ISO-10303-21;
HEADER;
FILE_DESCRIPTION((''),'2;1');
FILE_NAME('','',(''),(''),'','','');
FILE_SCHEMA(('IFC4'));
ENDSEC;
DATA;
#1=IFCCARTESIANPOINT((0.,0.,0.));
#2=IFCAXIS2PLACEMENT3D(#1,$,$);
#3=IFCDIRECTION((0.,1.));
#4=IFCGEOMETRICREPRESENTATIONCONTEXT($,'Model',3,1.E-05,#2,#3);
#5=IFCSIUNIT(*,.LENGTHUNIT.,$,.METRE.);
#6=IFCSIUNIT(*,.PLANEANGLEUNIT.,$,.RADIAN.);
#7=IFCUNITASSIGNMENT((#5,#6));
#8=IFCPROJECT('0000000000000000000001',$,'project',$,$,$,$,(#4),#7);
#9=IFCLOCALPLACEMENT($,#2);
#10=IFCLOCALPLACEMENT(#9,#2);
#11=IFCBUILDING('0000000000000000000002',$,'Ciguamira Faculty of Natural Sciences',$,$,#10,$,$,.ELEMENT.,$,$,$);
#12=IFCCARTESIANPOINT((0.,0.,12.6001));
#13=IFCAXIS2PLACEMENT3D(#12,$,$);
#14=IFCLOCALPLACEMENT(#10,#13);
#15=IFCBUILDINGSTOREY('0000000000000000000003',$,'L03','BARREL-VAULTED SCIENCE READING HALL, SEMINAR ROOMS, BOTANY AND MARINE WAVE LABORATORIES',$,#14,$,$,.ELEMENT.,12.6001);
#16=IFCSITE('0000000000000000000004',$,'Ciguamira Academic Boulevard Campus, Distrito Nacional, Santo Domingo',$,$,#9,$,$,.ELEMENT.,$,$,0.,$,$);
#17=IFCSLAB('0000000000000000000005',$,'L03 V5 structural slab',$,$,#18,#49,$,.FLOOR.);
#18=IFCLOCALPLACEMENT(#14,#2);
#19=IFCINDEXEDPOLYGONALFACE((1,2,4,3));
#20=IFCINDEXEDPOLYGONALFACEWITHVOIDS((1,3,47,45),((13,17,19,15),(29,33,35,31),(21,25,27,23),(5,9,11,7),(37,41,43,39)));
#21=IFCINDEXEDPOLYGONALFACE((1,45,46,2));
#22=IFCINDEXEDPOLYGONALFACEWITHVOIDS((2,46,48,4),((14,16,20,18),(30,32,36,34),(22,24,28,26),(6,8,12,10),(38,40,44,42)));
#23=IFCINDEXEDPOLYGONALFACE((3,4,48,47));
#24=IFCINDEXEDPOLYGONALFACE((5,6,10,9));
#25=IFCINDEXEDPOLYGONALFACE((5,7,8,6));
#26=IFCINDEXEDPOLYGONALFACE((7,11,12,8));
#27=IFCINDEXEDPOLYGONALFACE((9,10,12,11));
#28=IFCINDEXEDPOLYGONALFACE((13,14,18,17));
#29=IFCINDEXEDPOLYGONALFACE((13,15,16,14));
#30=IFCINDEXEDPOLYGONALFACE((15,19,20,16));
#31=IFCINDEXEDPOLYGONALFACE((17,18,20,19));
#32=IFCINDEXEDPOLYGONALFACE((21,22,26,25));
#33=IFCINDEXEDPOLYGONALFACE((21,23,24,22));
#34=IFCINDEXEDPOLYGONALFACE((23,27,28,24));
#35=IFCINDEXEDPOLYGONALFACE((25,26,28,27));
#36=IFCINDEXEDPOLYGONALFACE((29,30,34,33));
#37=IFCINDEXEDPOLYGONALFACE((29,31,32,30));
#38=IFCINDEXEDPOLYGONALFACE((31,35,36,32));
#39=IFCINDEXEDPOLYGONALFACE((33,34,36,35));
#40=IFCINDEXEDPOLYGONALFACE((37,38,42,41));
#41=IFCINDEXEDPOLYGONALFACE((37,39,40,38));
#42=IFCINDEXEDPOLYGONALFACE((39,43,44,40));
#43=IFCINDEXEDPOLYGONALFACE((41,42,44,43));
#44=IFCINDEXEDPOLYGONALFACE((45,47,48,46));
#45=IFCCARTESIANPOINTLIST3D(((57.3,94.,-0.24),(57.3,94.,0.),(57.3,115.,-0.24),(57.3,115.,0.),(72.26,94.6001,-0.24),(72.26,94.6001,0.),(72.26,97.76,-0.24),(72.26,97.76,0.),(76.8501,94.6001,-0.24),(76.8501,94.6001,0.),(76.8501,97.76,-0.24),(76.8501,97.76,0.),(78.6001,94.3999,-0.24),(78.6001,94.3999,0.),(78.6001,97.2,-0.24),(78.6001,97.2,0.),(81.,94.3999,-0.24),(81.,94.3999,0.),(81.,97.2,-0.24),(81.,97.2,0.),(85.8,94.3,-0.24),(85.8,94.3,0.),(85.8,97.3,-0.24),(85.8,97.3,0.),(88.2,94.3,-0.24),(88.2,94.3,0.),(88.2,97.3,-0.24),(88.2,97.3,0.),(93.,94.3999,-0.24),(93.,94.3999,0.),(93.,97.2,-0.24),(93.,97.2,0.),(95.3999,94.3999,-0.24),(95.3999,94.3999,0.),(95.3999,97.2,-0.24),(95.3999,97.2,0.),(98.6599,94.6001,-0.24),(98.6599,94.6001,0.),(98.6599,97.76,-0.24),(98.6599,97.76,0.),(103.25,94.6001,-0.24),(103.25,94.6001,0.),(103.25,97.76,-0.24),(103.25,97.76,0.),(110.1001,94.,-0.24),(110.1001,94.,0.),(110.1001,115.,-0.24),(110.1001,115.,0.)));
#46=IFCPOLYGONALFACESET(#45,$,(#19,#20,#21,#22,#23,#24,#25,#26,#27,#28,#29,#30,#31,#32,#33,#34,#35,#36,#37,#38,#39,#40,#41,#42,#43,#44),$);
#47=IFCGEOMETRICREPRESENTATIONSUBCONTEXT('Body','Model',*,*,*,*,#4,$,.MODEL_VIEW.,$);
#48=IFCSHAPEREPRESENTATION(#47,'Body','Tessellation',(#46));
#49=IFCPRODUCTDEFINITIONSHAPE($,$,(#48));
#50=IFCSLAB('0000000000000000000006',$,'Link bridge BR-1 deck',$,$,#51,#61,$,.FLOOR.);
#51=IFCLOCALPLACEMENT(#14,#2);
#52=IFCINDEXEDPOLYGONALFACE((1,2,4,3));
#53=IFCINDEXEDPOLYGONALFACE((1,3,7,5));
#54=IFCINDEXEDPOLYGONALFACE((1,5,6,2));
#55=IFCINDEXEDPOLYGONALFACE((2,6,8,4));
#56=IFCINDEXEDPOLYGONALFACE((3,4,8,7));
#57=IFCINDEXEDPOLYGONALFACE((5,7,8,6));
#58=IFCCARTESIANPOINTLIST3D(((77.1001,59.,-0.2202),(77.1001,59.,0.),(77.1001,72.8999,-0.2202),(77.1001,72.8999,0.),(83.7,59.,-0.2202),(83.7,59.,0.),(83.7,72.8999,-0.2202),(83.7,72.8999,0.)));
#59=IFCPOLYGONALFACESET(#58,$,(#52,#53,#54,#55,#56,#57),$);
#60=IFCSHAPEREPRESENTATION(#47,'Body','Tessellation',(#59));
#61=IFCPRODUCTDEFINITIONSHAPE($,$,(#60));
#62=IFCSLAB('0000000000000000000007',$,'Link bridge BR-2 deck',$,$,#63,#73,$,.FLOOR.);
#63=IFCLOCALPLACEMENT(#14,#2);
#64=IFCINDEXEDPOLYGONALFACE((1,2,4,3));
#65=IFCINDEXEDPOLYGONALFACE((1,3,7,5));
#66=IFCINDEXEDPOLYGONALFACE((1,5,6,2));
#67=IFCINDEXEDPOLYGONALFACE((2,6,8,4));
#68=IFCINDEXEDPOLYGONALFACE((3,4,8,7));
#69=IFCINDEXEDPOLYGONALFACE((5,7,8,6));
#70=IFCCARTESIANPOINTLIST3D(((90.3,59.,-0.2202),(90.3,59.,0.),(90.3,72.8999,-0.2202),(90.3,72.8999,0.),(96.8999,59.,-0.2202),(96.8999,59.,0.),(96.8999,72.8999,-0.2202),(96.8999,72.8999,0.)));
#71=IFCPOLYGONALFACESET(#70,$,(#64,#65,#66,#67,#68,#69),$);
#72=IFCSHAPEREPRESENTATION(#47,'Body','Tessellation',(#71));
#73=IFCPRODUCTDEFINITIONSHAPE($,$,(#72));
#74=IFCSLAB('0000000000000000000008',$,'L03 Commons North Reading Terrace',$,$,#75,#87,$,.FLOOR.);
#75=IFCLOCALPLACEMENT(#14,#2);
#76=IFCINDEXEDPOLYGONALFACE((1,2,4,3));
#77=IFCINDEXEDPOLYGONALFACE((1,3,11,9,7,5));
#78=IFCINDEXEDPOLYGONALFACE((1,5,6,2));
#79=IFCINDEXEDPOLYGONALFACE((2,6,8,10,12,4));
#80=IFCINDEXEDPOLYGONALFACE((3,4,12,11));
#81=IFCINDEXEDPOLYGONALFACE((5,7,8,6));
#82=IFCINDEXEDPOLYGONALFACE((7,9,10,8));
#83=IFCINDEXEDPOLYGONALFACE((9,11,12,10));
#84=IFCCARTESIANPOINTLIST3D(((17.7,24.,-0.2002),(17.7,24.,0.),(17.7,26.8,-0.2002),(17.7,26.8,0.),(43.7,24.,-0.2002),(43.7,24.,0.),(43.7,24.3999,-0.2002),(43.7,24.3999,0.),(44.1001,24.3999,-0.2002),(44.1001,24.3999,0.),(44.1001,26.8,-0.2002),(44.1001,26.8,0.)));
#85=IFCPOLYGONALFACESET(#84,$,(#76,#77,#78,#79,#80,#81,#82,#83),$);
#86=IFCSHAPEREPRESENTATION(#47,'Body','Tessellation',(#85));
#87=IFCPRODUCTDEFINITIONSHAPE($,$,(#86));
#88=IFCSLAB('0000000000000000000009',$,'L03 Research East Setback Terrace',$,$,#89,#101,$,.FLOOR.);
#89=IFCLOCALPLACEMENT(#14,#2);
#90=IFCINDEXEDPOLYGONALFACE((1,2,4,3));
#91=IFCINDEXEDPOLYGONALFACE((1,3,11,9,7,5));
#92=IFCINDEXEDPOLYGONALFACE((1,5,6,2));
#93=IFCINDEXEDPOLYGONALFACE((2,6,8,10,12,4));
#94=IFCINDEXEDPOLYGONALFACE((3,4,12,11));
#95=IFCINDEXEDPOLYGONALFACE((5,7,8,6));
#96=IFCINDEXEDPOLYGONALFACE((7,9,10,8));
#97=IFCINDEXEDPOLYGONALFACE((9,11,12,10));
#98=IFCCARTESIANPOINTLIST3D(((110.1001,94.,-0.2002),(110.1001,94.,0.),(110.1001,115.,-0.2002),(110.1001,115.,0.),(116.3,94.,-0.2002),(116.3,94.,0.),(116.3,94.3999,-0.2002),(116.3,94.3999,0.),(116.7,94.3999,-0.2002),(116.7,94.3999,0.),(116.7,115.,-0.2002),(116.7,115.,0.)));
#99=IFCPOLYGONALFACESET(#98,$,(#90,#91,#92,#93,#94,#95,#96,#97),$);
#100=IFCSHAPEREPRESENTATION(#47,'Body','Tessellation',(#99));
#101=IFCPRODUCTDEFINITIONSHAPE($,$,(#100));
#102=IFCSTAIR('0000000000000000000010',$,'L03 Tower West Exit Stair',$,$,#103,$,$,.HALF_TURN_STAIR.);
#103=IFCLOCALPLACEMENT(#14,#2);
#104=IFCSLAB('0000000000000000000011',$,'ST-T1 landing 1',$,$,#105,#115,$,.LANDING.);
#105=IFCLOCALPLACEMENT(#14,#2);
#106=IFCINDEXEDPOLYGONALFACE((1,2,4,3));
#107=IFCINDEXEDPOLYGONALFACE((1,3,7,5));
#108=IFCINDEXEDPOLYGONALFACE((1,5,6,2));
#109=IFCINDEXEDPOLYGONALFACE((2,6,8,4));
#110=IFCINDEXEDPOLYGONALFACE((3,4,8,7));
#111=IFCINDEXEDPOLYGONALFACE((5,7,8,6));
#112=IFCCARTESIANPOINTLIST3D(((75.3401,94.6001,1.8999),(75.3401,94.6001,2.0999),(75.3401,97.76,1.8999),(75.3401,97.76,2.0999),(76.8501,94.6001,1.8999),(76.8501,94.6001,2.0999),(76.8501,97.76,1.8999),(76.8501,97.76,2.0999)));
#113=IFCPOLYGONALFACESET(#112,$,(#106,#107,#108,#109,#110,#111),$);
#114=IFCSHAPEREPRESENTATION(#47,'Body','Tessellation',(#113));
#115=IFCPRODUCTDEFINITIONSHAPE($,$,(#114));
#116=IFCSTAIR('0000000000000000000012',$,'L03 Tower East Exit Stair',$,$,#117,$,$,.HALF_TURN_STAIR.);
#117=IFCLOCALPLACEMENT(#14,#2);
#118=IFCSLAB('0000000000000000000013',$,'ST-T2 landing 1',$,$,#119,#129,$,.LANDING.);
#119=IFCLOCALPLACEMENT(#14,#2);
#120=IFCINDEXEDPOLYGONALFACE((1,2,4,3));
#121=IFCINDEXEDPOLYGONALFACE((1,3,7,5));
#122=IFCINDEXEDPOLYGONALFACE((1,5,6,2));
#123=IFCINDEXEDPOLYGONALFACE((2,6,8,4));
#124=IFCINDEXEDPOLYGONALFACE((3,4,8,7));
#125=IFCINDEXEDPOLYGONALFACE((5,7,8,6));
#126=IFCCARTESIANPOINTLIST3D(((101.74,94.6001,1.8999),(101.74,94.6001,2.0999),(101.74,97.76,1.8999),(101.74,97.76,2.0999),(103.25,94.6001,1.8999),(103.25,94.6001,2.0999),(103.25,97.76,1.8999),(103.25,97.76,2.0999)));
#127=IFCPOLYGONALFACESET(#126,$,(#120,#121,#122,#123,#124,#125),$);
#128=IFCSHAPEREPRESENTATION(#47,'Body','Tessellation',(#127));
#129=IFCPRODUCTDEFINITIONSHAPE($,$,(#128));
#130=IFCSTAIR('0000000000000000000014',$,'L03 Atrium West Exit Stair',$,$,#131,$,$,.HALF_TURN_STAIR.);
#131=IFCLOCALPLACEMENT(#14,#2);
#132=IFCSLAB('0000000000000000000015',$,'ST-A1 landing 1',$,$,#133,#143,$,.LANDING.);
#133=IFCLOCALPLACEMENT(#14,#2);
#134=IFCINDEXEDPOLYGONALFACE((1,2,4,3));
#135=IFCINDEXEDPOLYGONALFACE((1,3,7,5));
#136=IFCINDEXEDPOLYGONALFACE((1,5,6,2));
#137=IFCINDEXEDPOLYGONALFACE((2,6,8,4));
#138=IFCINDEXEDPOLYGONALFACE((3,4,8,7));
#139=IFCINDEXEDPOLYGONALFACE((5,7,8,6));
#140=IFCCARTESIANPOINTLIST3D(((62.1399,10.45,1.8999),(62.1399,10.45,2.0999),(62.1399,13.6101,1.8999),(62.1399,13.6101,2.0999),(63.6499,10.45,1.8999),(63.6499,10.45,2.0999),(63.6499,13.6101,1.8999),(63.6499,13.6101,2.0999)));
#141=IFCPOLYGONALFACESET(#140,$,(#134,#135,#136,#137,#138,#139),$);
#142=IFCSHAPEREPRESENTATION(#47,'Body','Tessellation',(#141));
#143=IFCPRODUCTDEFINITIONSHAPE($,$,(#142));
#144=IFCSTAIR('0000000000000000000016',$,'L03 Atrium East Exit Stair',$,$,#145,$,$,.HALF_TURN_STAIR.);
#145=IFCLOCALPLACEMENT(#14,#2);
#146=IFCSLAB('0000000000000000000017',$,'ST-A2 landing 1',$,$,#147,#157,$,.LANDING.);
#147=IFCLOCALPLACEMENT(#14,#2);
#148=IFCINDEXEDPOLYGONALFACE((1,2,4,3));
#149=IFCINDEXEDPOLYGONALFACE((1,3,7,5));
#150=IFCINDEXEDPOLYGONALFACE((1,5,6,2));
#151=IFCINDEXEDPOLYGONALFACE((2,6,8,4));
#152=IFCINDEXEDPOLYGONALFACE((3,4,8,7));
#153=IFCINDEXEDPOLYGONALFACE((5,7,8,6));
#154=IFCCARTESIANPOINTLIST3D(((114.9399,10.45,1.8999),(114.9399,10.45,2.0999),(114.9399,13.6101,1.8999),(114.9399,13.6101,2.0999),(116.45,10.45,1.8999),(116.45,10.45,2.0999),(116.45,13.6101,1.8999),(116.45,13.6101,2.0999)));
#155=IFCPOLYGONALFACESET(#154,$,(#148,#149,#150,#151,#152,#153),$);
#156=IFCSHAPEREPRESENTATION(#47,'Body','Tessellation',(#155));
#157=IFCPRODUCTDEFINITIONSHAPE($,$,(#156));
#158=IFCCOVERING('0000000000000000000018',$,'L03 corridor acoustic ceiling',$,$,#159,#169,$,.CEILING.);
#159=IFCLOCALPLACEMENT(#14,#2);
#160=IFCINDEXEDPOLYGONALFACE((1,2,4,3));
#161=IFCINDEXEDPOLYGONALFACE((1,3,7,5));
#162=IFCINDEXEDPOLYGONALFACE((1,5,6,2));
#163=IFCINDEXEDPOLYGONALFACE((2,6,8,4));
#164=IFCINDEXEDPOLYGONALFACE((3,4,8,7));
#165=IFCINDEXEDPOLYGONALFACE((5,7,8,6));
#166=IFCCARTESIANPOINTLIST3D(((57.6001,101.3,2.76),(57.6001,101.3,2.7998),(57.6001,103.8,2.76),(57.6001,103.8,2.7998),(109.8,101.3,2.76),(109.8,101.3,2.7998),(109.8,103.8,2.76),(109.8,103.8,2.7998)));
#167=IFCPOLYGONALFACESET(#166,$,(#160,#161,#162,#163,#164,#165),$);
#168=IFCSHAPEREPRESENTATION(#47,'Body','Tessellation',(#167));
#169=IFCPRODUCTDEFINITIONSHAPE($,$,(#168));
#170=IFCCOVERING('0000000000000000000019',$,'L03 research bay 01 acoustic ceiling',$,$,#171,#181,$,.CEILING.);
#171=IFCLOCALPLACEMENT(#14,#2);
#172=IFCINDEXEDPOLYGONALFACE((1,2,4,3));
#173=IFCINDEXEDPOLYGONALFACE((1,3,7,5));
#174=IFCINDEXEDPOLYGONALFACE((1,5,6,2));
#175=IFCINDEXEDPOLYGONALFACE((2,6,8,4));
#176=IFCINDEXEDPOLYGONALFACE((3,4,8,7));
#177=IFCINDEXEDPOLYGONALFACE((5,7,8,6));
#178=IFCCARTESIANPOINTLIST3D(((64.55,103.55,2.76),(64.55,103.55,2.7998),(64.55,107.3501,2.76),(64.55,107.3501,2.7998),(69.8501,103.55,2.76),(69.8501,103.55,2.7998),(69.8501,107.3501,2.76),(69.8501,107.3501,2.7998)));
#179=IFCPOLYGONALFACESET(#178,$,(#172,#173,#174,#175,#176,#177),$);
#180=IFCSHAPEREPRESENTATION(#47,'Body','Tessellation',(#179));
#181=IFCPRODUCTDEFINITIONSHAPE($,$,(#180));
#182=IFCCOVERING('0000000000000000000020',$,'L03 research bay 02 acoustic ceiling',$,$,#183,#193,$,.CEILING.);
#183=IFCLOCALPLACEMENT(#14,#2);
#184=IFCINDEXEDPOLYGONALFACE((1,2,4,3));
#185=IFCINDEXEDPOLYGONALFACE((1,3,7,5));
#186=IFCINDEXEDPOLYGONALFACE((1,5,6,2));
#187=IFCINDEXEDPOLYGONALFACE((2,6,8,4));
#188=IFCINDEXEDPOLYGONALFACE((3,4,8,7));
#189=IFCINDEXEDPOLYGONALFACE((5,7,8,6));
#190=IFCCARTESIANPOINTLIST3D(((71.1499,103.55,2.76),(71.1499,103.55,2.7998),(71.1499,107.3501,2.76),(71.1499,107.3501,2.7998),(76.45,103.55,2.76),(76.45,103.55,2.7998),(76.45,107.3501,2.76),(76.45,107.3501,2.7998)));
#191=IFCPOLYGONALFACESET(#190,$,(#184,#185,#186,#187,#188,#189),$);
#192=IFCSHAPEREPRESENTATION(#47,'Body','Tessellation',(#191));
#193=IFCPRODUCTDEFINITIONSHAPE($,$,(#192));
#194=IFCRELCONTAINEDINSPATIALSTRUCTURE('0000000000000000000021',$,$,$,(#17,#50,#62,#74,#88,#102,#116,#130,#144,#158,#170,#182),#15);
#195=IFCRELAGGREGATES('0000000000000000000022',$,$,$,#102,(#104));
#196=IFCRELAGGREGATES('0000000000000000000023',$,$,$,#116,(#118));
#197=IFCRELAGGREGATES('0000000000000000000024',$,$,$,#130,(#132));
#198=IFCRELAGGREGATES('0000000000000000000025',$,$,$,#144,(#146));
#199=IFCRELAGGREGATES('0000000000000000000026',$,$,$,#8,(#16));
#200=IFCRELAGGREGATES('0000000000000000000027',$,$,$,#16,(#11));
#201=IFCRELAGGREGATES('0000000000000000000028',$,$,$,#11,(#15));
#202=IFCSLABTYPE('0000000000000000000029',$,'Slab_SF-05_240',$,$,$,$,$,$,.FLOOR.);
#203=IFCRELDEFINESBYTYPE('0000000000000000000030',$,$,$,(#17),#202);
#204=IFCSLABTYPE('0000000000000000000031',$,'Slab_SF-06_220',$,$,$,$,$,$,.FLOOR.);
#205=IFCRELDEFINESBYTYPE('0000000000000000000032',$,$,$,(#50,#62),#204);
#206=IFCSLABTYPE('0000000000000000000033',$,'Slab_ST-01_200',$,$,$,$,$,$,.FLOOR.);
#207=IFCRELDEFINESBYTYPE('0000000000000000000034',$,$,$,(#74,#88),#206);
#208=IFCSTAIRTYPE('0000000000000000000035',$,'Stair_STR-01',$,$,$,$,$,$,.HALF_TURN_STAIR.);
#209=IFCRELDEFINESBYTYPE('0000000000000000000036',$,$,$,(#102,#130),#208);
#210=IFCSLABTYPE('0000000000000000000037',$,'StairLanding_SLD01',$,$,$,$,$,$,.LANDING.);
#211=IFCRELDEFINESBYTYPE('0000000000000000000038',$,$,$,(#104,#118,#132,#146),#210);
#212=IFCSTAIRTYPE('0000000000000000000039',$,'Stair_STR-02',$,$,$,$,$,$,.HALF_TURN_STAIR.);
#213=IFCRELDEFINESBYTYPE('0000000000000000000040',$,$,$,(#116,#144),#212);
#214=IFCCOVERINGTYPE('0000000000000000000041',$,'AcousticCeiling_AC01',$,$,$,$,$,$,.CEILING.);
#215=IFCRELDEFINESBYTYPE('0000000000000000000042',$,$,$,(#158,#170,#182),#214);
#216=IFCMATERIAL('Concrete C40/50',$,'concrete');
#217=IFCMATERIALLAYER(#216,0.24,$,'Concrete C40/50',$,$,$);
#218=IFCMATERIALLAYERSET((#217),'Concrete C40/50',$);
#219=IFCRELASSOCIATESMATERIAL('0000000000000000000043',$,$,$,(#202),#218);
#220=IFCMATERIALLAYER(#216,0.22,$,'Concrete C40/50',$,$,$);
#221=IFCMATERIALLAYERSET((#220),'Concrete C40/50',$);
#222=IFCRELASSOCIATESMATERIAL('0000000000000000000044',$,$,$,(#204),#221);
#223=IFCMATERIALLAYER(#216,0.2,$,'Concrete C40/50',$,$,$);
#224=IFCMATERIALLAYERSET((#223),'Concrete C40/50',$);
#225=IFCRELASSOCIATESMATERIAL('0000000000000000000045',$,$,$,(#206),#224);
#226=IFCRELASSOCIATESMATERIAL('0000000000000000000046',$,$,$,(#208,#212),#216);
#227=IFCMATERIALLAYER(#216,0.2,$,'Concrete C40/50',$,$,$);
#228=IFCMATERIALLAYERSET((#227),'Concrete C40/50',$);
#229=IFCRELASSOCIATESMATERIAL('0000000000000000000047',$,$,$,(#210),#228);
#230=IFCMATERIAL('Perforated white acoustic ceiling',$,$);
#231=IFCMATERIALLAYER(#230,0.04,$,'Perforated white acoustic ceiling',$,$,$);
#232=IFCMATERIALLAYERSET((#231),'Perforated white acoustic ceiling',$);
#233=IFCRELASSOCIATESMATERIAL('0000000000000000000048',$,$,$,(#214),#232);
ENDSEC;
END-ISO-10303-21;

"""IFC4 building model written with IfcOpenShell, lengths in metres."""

from ifc_helpers import new_model, si_unit, direction, frame, origin, place, context, subcontext, project, spatial, polyline, outline, extrude, material, layer, layer_set, type_object, element, aggregate, save


model = new_model("IFC4")

# Units and contexts
model_context = context("Model", 3, precision=1e-05, world=origin(), true_north=direction((0.0, 1.0)))
body_context = subcontext(model_context, "Body", "Model", "MODEL_VIEW")
ifc_project = project(units=[si_unit("LENGTHUNIT", "METRE"), si_unit("PLANEANGLEUNIT", "RADIAN")], contexts=[model_context])

# Site, building, storey
site_placement = place(None, origin())
site = spatial("IfcSite", under=ifc_project, at=site_placement, Name="Ciguamira Academic Boulevard Campus, Distrito Nacional, Santo Domingo", CompositionType="ELEMENT", RefElevation=0.0)
building_placement = place(site_placement, origin())
building = spatial("IfcBuilding", under=site, at=building_placement, Name="Ciguamira Faculty of Natural Sciences", CompositionType="ELEMENT")
storey_placement = place(building_placement, frame((0.0, 0.0, 12.6001)))
storey = spatial("IfcBuildingStorey", under=building, at=storey_placement, Name="L03", Description="BARREL-VAULTED SCIENCE READING HALL, SEMINAR ROOMS, BOTANY AND MARINE WAVE LABORATORIES", CompositionType="ELEMENT", Elevation=12.6001)

# Slabs
ifc_material_1 = material(Name="Concrete C40/50", Category="concrete")
ifc_layer_1 = layer(ifc_material_1, 0.24, Name="Concrete C40/50")
ifc_layer_set_1 = layer_set([ifc_layer_1], Name="Concrete C40/50")
slab_type_1 = type_object("IfcSlabType", Name="Slab_SF-05_240", PredefinedType="FLOOR", material=ifc_layer_set_1)
slab_1_placement = place(storey_placement, frame((0.0, 0.0, -0.24)))
element("IfcSlab", 1, at=slab_1_placement, inside=storey, type_object=slab_type_1, Name="L03 V5 structural slab", PredefinedType="FLOOR", context=body_context, shape_type="SweptSolid", body=[
    extrude(outline(polyline([(57.3, 94.0), (110.1001, 94.0), (110.1001, 115.0), (57.3, 115.0), (57.3, 94.0)]), holes=[polyline([(72.26, 94.6001), (76.8501, 94.6001), (76.8501, 97.76), (72.26, 97.76), (72.26, 94.6001)]), polyline([(98.6599, 94.6001), (103.25, 94.6001), (103.25, 97.76), (98.6599, 97.76), (98.6599, 94.6001)]), polyline([(78.6001, 94.3999), (81.0, 94.3999), (81.0, 97.2), (78.6001, 97.2), (78.6001, 94.3999)]), polyline([(93.0, 94.3999), (95.3999, 94.3999), (95.3999, 97.2), (93.0, 97.2), (93.0, 94.3999)]), polyline([(85.8, 94.3), (88.2, 94.3), (88.2, 97.3), (85.8, 97.3), (85.8, 94.3)])]), origin(), (0.0, 0.0, 1.0), 0.24),
])
ifc_layer_2 = layer(ifc_material_1, 0.22, Name="Concrete C40/50")
ifc_layer_set_2 = layer_set([ifc_layer_2], Name="Concrete C40/50")
slab_type_2 = type_object("IfcSlabType", Name="Slab_SF-06_220", PredefinedType="FLOOR", material=ifc_layer_set_2)
slab_2_placement = place(storey_placement, frame((0.0, 0.0, -0.2202)))
element("IfcSlab", 2, at=slab_2_placement, inside=storey, type_object=slab_type_2, Name="Link bridge BR-1 deck", PredefinedType="FLOOR", context=body_context, shape_type="SweptSolid", body=[
    extrude(outline(polyline([(77.1001, 59.0), (83.7, 59.0), (83.7, 72.8999), (77.1001, 72.8999), (77.1001, 59.0)])), origin(), (0.0, 0.0, 1.0), 0.2202),
])
slab_3_placement = place(storey_placement, frame((0.0, 0.0, -0.2202)))
element("IfcSlab", 3, at=slab_3_placement, inside=storey, type_object=slab_type_2, Name="Link bridge BR-2 deck", PredefinedType="FLOOR", context=body_context, shape_type="SweptSolid", body=[
    extrude(outline(polyline([(90.3, 59.0), (96.8999, 59.0), (96.8999, 72.8999), (90.3, 72.8999), (90.3, 59.0)])), origin(), (0.0, 0.0, 1.0), 0.2202),
])
ifc_layer_3 = layer(ifc_material_1, 0.2, Name="Concrete C40/50")
ifc_layer_set_3 = layer_set([ifc_layer_3], Name="Concrete C40/50")
slab_type_3 = type_object("IfcSlabType", Name="Slab_ST-01_200", PredefinedType="FLOOR", material=ifc_layer_set_3)
slab_4_placement = place(storey_placement, frame((0.0, 0.0, -0.2002)))
element("IfcSlab", 4, at=slab_4_placement, inside=storey, type_object=slab_type_3, Name="L03 Commons North Reading Terrace", PredefinedType="FLOOR", context=body_context, shape_type="SweptSolid", body=[
    extrude(outline(polyline([(17.7, 24.0), (43.7, 24.0), (43.7, 24.3999), (44.1001, 24.3999), (44.1001, 26.8), (17.7, 26.8), (17.7, 24.0)])), origin(), (0.0, 0.0, 1.0), 0.2002),
])
slab_5_placement = place(storey_placement, frame((0.0, 0.0, -0.2002)))
element("IfcSlab", 5, at=slab_5_placement, inside=storey, type_object=slab_type_3, Name="L03 Research East Setback Terrace", PredefinedType="FLOOR", context=body_context, shape_type="SweptSolid", body=[
    extrude(outline(polyline([(110.1001, 94.0), (116.3, 94.0), (116.3, 94.3999), (116.7, 94.3999), (116.7, 115.0), (110.1001, 115.0), (110.1001, 94.0)])), origin(), (0.0, 0.0, 1.0), 0.2002),
])

# Stairs, slabs
stair_type_1 = type_object("IfcStairType", Name="Stair_STR-01", PredefinedType="HALF_TURN_STAIR", material=ifc_material_1)
stair_1_placement = place(storey_placement, origin())
stair_1 = element("IfcStair", 6, at=stair_1_placement, inside=storey, type_object=stair_type_1, Name="L03 Tower West Exit Stair", PredefinedType="HALF_TURN_STAIR")
ifc_layer_4 = layer(ifc_material_1, 0.2, Name="Concrete C40/50")
ifc_layer_set_4 = layer_set([ifc_layer_4], Name="Concrete C40/50")
slab_type_4 = type_object("IfcSlabType", Name="StairLanding_SLD01", PredefinedType="LANDING", material=ifc_layer_set_4)
slab_6_placement = place(storey_placement, frame((0.0, 0.0, 1.8999)))
slab_6 = element("IfcSlab", 7, at=slab_6_placement, type_object=slab_type_4, Name="ST-T1 landing 1", PredefinedType="LANDING", context=body_context, shape_type="SweptSolid", body=[
    extrude(outline(polyline([(75.3401, 94.6001), (76.8501, 94.6001), (76.8501, 97.76), (75.3401, 97.76), (75.3401, 94.6001)])), origin(), (0.0, 0.0, 1.0), 0.2),
])
aggregate(stair_1, [slab_6])
stair_type_2 = type_object("IfcStairType", Name="Stair_STR-02", PredefinedType="HALF_TURN_STAIR", material=ifc_material_1)
stair_2_placement = place(storey_placement, origin())
stair_2 = element("IfcStair", 8, at=stair_2_placement, inside=storey, type_object=stair_type_2, Name="L03 Tower East Exit Stair", PredefinedType="HALF_TURN_STAIR")
slab_7_placement = place(storey_placement, frame((0.0, 0.0, 1.8999)))
slab_7 = element("IfcSlab", 9, at=slab_7_placement, type_object=slab_type_4, Name="ST-T2 landing 1", PredefinedType="LANDING", context=body_context, shape_type="SweptSolid", body=[
    extrude(outline(polyline([(101.74, 94.6001), (103.25, 94.6001), (103.25, 97.76), (101.74, 97.76), (101.74, 94.6001)])), origin(), (0.0, 0.0, 1.0), 0.2),
])
aggregate(stair_2, [slab_7])
stair_3_placement = place(storey_placement, origin())
stair_3 = element("IfcStair", 10, at=stair_3_placement, inside=storey, type_object=stair_type_1, Name="L03 Atrium West Exit Stair", PredefinedType="HALF_TURN_STAIR")
slab_8_placement = place(storey_placement, frame((0.0, 0.0, 1.8999)))
slab_8 = element("IfcSlab", 11, at=slab_8_placement, type_object=slab_type_4, Name="ST-A1 landing 1", PredefinedType="LANDING", context=body_context, shape_type="SweptSolid", body=[
    extrude(outline(polyline([(62.1399, 10.45), (63.6499, 10.45), (63.6499, 13.6101), (62.1399, 13.6101), (62.1399, 10.45)])), origin(), (0.0, 0.0, 1.0), 0.2),
])
aggregate(stair_3, [slab_8])
stair_4_placement = place(storey_placement, origin())
stair_4 = element("IfcStair", 12, at=stair_4_placement, inside=storey, type_object=stair_type_2, Name="L03 Atrium East Exit Stair", PredefinedType="HALF_TURN_STAIR")
slab_9_placement = place(storey_placement, frame((0.0, 0.0, 1.8999)))
slab_9 = element("IfcSlab", 13, at=slab_9_placement, type_object=slab_type_4, Name="ST-A2 landing 1", PredefinedType="LANDING", context=body_context, shape_type="SweptSolid", body=[
    extrude(outline(polyline([(114.9399, 10.45), (116.45, 10.45), (116.45, 13.6101), (114.9399, 13.6101), (114.9399, 10.45)])), origin(), (0.0, 0.0, 1.0), 0.2),
])
aggregate(stair_4, [slab_9])

# Coverings
ifc_material_2 = material(Name="Perforated white acoustic ceiling")
ifc_layer_5 = layer(ifc_material_2, 0.04, Name="Perforated white acoustic ceiling")
ifc_layer_set_5 = layer_set([ifc_layer_5], Name="Perforated white acoustic ceiling")
covering_type = type_object("IfcCoveringType", Name="AcousticCeiling_AC01", PredefinedType="CEILING", material=ifc_layer_set_5)
covering_1_placement = place(storey_placement, frame((0.0, 0.0, 2.76)))
element("IfcCovering", 14, at=covering_1_placement, inside=storey, type_object=covering_type, Name="L03 corridor acoustic ceiling", PredefinedType="CEILING", context=body_context, shape_type="SweptSolid", body=[
    extrude(outline(polyline([(57.6001, 101.3), (109.8, 101.3), (109.8, 103.8), (57.6001, 103.8), (57.6001, 101.3)])), origin(), (0.0, 0.0, 1.0), 0.0398),
])
covering_2_placement = place(storey_placement, frame((0.0, 0.0, 2.76)))
element("IfcCovering", 15, at=covering_2_placement, inside=storey, type_object=covering_type, Name="L03 research bay 01 acoustic ceiling", PredefinedType="CEILING", context=body_context, shape_type="SweptSolid", body=[
    extrude(outline(polyline([(64.55, 103.55), (69.8501, 103.55), (69.8501, 107.3501), (64.55, 107.3501), (64.55, 103.55)])), origin(), (0.0, 0.0, 1.0), 0.0398),
])
covering_3_placement = place(storey_placement, frame((0.0, 0.0, 2.76)))
element("IfcCovering", 16, at=covering_3_placement, inside=storey, type_object=covering_type, Name="L03 research bay 02 acoustic ceiling", PredefinedType="CEILING", context=body_context, shape_type="SweptSolid", body=[
    extrude(outline(polyline([(71.1499, 103.55), (76.45, 103.55), (76.45, 107.3501), (71.1499, 107.3501), (71.1499, 103.55)])), origin(), (0.0, 0.0, 1.0), 0.0398),
])

save(model, "model.ifc")
